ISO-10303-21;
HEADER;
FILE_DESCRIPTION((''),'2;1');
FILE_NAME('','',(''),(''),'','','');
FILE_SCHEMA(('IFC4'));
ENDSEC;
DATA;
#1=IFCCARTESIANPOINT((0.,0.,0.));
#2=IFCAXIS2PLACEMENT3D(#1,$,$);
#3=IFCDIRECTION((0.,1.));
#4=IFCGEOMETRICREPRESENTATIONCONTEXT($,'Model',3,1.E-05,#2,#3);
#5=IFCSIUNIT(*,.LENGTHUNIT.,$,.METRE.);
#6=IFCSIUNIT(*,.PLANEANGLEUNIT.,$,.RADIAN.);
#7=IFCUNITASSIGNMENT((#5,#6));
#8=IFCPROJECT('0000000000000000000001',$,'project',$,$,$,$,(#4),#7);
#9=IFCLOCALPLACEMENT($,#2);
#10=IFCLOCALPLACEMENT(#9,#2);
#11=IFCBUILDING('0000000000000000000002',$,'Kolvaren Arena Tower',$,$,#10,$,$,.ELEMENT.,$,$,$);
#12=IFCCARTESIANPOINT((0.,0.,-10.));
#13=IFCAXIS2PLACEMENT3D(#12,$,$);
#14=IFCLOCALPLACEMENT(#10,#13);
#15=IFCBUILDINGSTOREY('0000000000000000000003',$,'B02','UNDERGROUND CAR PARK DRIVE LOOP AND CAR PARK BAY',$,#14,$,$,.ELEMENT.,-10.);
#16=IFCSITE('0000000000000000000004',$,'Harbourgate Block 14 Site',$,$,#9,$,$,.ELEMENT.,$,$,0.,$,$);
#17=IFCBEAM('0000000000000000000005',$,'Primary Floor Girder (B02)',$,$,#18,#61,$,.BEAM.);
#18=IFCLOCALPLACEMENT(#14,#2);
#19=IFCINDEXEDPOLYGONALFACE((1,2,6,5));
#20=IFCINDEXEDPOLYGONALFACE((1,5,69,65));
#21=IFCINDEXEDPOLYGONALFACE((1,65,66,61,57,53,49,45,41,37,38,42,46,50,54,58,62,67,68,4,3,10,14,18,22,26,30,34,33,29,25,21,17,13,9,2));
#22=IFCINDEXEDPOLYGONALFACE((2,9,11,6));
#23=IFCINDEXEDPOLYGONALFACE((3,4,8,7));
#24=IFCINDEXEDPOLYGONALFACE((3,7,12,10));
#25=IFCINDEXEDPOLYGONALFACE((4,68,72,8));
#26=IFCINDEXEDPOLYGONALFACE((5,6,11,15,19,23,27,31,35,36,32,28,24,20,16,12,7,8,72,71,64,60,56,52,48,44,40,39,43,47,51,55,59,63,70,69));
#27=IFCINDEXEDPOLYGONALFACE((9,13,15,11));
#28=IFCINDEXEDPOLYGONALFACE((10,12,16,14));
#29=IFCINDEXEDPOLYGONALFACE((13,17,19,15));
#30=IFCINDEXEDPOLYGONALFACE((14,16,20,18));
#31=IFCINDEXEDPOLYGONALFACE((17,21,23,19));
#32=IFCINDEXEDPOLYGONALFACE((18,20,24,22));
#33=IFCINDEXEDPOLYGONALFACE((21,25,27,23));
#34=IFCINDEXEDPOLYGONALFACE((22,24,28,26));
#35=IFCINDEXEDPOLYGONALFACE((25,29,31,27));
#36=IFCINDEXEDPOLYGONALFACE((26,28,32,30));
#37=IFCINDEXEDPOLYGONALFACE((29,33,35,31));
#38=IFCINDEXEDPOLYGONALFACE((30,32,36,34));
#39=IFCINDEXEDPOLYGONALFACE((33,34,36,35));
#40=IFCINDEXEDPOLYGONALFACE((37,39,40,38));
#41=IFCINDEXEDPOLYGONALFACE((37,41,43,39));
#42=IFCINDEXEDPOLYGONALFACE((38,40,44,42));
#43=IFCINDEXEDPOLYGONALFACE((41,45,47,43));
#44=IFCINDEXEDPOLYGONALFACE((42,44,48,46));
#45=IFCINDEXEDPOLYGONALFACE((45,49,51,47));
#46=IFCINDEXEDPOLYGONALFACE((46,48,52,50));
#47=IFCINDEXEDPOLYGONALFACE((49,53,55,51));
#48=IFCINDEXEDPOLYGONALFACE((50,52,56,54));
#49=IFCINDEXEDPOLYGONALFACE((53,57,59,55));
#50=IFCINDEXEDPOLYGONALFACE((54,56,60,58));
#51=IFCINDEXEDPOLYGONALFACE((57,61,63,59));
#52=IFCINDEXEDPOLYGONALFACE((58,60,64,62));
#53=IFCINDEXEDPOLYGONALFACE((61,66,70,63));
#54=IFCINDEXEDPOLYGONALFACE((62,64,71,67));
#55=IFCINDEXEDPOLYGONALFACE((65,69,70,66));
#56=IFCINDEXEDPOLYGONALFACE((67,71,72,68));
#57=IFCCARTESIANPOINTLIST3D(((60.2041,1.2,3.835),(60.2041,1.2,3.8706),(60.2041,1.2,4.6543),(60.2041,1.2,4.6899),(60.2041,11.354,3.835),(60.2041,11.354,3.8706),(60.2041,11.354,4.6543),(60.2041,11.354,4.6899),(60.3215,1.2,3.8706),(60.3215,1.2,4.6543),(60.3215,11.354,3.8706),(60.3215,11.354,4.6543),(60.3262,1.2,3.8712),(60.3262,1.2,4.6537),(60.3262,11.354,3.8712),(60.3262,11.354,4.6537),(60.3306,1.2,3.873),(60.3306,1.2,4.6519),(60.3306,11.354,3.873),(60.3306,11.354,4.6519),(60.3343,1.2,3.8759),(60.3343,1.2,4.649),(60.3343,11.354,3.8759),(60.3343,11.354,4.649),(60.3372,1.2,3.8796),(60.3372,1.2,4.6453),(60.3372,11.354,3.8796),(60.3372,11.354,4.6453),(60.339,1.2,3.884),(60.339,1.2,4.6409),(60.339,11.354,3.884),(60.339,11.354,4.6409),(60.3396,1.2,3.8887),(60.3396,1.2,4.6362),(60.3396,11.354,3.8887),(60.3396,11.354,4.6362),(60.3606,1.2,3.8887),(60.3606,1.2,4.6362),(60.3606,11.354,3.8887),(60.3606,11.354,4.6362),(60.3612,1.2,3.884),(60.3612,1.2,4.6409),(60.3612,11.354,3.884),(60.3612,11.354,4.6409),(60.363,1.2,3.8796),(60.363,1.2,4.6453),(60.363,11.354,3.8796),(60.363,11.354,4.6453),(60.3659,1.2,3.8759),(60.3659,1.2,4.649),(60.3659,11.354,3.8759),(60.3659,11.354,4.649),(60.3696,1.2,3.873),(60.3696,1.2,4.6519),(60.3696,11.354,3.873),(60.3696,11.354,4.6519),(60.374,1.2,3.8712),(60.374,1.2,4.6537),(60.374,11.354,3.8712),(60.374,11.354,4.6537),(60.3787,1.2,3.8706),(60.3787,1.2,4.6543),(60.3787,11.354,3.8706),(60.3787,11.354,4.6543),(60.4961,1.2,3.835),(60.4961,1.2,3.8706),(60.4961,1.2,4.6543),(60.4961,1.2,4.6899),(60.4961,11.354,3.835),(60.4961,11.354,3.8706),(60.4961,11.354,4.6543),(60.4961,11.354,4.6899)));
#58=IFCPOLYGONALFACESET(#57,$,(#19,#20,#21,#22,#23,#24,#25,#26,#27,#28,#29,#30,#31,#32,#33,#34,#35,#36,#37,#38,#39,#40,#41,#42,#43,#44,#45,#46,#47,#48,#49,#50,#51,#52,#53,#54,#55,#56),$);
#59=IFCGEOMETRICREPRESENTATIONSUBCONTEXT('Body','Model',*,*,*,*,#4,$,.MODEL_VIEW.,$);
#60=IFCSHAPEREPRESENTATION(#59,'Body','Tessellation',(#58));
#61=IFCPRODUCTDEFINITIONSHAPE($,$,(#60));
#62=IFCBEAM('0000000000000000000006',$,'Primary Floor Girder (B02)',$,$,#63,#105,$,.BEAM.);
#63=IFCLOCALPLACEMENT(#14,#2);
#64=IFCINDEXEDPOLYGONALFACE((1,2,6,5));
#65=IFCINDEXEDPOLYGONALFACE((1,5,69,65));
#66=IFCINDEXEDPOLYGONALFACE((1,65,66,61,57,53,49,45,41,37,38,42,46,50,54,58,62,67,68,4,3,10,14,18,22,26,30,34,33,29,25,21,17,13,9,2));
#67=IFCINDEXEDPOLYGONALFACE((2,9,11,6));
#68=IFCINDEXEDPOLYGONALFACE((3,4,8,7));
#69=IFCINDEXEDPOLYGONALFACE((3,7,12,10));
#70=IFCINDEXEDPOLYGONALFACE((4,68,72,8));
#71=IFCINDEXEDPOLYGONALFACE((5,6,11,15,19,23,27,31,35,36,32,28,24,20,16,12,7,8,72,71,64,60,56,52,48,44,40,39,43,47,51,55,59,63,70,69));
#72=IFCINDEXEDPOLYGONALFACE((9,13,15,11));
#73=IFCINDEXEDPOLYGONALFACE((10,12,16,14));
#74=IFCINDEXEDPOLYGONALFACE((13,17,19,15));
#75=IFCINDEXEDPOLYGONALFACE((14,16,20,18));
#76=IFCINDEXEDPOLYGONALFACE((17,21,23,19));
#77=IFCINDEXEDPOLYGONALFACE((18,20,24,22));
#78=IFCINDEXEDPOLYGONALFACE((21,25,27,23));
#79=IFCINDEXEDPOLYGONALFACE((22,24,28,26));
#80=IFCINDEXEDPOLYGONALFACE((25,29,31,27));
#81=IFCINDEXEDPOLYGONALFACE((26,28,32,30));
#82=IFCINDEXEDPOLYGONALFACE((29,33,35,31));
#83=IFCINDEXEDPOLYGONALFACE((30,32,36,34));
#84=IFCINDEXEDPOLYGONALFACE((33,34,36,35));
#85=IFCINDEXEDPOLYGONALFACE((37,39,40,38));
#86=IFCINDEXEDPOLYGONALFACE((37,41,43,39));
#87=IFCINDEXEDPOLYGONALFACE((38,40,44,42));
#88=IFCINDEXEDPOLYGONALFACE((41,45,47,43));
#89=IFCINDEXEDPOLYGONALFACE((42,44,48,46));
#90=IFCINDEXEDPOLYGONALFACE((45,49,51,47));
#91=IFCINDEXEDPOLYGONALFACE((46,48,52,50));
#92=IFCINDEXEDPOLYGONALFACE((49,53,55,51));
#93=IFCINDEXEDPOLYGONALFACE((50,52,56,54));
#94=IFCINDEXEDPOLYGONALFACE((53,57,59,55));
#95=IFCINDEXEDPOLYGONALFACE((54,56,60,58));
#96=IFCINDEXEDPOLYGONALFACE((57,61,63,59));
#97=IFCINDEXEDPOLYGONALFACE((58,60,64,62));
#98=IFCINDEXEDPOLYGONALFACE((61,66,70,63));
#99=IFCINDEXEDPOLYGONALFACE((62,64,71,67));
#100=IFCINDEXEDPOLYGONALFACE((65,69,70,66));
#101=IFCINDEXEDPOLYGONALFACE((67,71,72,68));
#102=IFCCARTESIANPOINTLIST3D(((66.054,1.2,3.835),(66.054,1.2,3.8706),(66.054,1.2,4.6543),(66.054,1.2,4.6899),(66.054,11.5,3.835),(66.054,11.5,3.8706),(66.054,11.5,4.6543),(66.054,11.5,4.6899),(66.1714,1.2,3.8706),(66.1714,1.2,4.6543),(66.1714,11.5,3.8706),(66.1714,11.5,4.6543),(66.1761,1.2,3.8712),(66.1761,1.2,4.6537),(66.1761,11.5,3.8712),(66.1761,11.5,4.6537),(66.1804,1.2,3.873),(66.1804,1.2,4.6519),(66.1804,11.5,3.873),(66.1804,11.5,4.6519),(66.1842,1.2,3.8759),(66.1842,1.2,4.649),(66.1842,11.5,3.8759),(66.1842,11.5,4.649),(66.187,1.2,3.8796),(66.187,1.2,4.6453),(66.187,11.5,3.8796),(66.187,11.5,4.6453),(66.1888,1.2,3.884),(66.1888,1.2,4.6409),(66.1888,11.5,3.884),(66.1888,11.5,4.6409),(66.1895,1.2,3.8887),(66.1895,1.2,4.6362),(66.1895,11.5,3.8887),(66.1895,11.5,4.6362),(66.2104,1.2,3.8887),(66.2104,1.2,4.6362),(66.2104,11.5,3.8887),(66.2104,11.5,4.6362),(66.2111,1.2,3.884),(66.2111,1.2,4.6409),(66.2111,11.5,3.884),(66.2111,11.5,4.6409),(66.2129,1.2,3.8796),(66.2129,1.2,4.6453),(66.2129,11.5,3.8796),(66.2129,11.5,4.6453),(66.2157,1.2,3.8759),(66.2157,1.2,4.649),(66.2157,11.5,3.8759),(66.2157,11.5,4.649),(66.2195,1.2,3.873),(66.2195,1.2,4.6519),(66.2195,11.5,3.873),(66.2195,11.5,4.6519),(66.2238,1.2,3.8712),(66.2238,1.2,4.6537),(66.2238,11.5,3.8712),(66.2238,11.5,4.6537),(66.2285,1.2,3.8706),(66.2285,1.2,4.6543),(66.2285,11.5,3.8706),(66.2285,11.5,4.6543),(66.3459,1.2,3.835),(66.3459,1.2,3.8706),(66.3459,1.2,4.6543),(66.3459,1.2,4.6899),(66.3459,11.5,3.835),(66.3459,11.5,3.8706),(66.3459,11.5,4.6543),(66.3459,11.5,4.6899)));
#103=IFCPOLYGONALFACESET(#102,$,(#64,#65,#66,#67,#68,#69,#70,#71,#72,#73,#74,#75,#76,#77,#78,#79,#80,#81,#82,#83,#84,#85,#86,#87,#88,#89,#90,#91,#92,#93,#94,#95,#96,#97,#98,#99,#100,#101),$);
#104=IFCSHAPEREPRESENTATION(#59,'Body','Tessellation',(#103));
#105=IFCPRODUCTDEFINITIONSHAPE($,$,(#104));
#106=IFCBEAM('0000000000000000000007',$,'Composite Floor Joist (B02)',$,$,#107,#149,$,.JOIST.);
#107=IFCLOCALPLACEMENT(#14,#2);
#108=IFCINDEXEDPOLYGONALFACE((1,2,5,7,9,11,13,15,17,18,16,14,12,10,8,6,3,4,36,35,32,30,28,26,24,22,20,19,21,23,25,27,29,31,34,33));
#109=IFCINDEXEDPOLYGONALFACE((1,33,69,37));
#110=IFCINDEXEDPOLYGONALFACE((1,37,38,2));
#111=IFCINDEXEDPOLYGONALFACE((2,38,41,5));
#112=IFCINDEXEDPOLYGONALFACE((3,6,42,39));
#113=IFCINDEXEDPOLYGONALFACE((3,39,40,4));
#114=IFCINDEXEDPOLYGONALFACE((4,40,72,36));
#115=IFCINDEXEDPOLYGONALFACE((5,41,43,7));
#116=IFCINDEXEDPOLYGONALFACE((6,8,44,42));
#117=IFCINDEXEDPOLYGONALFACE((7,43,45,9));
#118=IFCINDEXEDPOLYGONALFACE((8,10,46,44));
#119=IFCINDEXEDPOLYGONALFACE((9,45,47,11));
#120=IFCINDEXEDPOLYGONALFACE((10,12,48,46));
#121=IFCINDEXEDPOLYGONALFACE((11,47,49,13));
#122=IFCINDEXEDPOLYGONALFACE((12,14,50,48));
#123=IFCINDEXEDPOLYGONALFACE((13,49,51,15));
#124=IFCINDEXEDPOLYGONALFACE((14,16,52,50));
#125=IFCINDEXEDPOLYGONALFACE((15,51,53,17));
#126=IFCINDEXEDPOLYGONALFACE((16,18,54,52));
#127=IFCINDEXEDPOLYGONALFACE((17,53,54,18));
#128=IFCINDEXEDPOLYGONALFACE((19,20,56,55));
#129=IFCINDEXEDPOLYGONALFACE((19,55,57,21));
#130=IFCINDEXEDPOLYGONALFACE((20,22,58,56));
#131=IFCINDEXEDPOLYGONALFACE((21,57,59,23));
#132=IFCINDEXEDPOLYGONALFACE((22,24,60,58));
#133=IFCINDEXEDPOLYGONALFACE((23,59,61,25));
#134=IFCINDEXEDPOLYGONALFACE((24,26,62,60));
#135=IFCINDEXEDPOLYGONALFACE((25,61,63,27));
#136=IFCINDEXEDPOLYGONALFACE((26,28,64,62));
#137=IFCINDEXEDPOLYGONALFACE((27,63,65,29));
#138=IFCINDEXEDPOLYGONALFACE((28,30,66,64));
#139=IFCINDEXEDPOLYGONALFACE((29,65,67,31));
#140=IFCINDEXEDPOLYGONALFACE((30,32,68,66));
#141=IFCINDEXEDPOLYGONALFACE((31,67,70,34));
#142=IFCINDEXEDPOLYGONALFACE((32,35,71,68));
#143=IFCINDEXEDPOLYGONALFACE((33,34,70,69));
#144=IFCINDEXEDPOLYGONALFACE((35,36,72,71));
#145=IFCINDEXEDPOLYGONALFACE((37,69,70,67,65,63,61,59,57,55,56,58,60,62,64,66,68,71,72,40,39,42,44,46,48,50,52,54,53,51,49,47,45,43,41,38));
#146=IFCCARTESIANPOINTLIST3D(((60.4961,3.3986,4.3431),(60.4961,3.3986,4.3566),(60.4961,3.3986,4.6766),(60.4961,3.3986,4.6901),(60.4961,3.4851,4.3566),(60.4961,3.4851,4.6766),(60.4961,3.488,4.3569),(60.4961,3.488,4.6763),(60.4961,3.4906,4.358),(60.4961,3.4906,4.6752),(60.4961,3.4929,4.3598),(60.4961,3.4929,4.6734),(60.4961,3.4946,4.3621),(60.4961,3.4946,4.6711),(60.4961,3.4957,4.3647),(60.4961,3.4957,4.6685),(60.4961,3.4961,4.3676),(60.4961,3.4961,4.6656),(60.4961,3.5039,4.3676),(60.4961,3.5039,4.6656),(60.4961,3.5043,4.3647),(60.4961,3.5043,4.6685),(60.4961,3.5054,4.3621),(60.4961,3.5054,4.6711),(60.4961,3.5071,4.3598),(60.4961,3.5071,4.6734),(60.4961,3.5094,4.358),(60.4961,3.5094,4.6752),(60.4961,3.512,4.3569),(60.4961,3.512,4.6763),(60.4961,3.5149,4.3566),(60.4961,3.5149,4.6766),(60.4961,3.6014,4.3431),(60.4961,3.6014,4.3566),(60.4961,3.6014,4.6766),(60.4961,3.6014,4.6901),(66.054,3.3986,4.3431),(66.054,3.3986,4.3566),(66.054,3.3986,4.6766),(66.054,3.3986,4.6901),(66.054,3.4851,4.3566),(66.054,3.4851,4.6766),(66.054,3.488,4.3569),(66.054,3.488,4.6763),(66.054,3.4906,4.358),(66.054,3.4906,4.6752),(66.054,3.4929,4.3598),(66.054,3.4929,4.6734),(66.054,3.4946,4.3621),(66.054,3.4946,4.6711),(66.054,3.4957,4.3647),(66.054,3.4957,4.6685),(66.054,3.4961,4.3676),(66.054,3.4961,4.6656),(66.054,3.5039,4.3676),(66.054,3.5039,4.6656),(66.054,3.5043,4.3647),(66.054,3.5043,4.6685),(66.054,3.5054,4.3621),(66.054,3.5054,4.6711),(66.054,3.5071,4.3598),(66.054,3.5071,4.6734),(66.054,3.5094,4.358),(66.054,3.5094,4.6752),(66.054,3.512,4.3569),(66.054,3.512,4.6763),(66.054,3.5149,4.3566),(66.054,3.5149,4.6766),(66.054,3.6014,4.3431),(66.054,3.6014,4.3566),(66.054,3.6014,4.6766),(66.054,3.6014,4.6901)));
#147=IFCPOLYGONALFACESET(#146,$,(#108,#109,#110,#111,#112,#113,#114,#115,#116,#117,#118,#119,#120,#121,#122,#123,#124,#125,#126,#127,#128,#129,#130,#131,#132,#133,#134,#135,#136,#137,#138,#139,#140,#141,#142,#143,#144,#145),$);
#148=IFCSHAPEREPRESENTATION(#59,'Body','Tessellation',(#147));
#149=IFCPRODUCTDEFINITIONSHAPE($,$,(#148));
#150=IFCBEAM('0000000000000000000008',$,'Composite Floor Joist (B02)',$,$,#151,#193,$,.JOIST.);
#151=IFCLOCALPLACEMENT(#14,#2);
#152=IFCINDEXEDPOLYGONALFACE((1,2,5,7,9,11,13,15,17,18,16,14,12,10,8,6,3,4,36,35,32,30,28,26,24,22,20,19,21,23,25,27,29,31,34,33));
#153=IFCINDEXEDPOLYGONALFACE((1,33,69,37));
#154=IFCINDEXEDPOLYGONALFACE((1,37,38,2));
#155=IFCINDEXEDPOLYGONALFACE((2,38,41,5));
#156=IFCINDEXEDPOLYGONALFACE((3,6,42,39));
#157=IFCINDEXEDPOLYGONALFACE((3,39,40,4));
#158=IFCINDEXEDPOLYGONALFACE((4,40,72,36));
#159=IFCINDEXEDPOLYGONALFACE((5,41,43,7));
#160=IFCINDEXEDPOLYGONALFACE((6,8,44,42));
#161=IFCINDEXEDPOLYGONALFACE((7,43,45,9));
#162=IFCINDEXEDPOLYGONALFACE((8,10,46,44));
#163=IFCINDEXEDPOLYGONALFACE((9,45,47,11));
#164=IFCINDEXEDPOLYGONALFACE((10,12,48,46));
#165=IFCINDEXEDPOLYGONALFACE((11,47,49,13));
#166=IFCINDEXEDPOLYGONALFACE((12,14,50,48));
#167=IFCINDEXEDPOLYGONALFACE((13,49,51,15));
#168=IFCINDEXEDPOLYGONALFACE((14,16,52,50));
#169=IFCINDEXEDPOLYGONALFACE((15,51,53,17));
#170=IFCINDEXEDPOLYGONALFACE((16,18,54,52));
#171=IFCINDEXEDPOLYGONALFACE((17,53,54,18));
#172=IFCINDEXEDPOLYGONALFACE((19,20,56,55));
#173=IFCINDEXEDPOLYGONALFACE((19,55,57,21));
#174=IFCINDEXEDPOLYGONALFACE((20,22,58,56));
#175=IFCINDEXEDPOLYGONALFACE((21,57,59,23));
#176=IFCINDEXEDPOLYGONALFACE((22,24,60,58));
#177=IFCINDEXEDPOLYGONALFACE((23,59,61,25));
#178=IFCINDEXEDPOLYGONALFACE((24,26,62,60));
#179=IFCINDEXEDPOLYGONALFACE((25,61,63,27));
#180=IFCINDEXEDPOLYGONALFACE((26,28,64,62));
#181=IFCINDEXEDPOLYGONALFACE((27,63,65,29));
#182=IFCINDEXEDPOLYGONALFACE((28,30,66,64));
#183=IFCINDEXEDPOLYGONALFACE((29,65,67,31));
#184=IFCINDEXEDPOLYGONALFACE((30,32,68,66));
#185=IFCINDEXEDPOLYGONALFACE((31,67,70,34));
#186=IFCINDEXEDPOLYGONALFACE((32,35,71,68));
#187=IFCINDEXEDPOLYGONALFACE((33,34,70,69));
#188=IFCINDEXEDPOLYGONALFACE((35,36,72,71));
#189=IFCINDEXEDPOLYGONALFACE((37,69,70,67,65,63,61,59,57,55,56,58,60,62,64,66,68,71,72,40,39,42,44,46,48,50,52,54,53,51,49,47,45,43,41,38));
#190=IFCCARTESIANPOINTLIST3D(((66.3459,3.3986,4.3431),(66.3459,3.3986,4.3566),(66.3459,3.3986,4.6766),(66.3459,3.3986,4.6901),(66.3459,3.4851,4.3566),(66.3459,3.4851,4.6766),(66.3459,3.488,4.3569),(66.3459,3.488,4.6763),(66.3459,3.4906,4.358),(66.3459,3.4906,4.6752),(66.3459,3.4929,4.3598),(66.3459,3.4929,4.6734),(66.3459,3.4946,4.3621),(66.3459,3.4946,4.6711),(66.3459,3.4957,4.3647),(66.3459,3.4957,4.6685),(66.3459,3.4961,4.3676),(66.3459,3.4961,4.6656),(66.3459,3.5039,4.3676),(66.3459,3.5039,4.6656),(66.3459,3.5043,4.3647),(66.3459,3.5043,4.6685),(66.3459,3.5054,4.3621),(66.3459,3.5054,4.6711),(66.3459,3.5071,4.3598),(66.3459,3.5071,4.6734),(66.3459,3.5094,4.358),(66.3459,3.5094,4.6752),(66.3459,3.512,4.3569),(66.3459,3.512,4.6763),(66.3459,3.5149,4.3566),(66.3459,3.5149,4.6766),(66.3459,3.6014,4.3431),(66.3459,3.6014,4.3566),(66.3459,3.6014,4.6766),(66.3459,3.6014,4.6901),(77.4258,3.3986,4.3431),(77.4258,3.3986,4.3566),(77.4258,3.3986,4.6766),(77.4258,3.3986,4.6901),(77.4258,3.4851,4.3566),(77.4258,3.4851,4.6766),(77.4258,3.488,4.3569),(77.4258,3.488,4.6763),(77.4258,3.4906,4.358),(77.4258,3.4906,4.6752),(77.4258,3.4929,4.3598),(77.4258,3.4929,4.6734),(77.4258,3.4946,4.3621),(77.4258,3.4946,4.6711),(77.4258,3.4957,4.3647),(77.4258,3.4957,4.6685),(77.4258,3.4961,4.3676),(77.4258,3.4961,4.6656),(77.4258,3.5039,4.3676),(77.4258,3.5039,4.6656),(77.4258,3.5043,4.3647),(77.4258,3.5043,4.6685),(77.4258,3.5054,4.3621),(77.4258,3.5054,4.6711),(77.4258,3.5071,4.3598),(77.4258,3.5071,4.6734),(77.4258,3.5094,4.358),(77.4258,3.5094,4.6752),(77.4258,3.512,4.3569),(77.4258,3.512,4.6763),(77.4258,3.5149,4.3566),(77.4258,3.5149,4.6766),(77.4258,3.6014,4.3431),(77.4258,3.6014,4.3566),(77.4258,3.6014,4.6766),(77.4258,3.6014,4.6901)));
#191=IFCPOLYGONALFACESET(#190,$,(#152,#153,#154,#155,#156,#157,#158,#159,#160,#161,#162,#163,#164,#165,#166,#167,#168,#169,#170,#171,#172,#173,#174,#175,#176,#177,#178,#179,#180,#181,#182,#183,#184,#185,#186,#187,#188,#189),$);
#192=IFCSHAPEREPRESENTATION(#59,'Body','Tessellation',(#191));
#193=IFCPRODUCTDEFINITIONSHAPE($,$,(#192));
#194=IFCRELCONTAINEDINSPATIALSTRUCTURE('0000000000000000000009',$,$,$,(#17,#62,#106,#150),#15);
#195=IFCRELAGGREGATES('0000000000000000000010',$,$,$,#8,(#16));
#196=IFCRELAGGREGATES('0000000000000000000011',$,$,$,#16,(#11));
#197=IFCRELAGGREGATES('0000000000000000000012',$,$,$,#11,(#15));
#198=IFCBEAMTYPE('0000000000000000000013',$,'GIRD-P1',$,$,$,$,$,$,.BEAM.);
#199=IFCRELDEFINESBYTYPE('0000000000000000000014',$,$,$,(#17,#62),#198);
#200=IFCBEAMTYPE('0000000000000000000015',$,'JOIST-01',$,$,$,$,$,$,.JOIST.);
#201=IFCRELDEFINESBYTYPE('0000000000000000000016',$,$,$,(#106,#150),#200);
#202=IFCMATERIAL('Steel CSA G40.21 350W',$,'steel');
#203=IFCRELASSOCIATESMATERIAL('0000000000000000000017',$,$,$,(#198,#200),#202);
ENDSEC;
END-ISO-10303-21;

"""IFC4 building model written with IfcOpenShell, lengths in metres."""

from ifc_helpers import new_model, si_unit, direction, frame, origin, origin_2d, place, context, subcontext, project, spatial, i_section, extrude, material, material_profile, profile_set, type_object, element, save


model = new_model("IFC4")

# Units and contexts
model_context = context("Model", 3, precision=1e-05, world=origin(), true_north=direction((0.0, 1.0)))
body_context = subcontext(model_context, "Body", "Model", "MODEL_VIEW")
ifc_project = project(units=[si_unit("LENGTHUNIT", "METRE"), si_unit("PLANEANGLEUNIT", "RADIAN")], contexts=[model_context])

# Site, building, storey
site_placement = place(None, origin())
site = spatial("IfcSite", under=ifc_project, at=site_placement, Name="Harbourgate Block 14 Site", CompositionType="ELEMENT", RefElevation=0.0)
building_placement = place(site_placement, origin())
building = spatial("IfcBuilding", under=site, at=building_placement, Name="Kolvaren Arena Tower", CompositionType="ELEMENT")
storey_placement = place(building_placement, frame((0.0, 0.0, -10.0)))
storey = spatial("IfcBuildingStorey", under=building, at=storey_placement, Name="B02", Description="UNDERGROUND CAR PARK DRIVE LOOP AND CAR PARK BAY", CompositionType="ELEMENT", Elevation=-10.0)

# Beams
ifc_material_1 = material(Name="Steel CSA G40.21 350W", Category="steel")
ifc_material_profile_1 = material_profile(ifc_material_1, i_section(OverallWidth=0.292, OverallDepth=0.855, WebThickness=0.021, FlangeThickness=0.0356, FilletRadius=0.0181, at=origin_2d()), Name="W840x299")
ifc_profile_set_1 = profile_set([ifc_material_profile_1], Name="Steel CSA G40.21 350W")
beam_type_1 = type_object("IfcBeamType", Name="GIRD-P1", PredefinedType="BEAM", material=ifc_profile_set_1)
beam_1_placement = place(storey_placement, frame((60.3501, 1.2, 4.2625), z_axis=(0.0, 1.0, 0.0), x_axis=(-1.0, 0.0, 0.0)))
element("IfcBeam", 1, at=beam_1_placement, inside=storey, type_object=beam_type_1, Name="Primary Floor Girder (B02)", PredefinedType="BEAM", context=body_context, shape_type="SweptSolid", body=[
    extrude(i_section(OverallWidth=0.292, OverallDepth=0.855, WebThickness=0.021, FlangeThickness=0.0356, FilletRadius=0.0181, at=origin_2d()), origin(), (0.0, 0.0, 1.0), 10.1541),
])
beam_2_placement = place(storey_placement, frame((66.2, 1.2, 4.2625), z_axis=(0.0, 1.0, 0.0), x_axis=(-1.0, 0.0, 0.0)))
element("IfcBeam", 2, at=beam_2_placement, inside=storey, type_object=beam_type_1, Name="Primary Floor Girder (B02)", PredefinedType="BEAM", context=body_context, shape_type="SweptSolid", body=[
    extrude(i_section(OverallWidth=0.292, OverallDepth=0.855, WebThickness=0.021, FlangeThickness=0.0356, FilletRadius=0.0181, at=origin_2d()), origin(), (0.0, 0.0, 1.0), 10.3),
])
ifc_material_profile_2 = material_profile(ifc_material_1, i_section(OverallWidth=0.2029, OverallDepth=0.3469, WebThickness=0.0078, FlangeThickness=0.0134, FilletRadius=0.011, at=origin_2d()), Name="W360x64")
ifc_profile_set_2 = profile_set([ifc_material_profile_2], Name="Steel CSA G40.21 350W")
beam_type_2 = type_object("IfcBeamType", Name="JOIST-01", PredefinedType="JOIST", material=ifc_profile_set_2)
beam_3_placement = place(storey_placement, frame((60.4961, 3.5, 4.5166), z_axis=(1.0, 0.0, 0.0), x_axis=(0.0, 1.0, 0.0)))
element("IfcBeam", 3, at=beam_3_placement, inside=storey, type_object=beam_type_2, Name="Composite Floor Joist (B02)", PredefinedType="JOIST", context=body_context, shape_type="SweptSolid", body=[
    extrude(i_section(OverallWidth=0.2029, OverallDepth=0.3469, WebThickness=0.0078, FlangeThickness=0.0134, FilletRadius=0.011, at=origin_2d()), origin(), (0.0, 0.0, 1.0), 5.5579),
])
beam_4_placement = place(storey_placement, frame((66.3459, 3.5, 4.5166), z_axis=(1.0, 0.0, 0.0), x_axis=(0.0, 1.0, 0.0)))
element("IfcBeam", 4, at=beam_4_placement, inside=storey, type_object=beam_type_2, Name="Composite Floor Joist (B02)", PredefinedType="JOIST", context=body_context, shape_type="SweptSolid", body=[
    extrude(i_section(OverallWidth=0.2029, OverallDepth=0.3469, WebThickness=0.0078, FlangeThickness=0.0134, FilletRadius=0.011, at=origin_2d()), origin(), (0.0, 0.0, 1.0), 11.0798),
])

save(model, "model.ifc")
